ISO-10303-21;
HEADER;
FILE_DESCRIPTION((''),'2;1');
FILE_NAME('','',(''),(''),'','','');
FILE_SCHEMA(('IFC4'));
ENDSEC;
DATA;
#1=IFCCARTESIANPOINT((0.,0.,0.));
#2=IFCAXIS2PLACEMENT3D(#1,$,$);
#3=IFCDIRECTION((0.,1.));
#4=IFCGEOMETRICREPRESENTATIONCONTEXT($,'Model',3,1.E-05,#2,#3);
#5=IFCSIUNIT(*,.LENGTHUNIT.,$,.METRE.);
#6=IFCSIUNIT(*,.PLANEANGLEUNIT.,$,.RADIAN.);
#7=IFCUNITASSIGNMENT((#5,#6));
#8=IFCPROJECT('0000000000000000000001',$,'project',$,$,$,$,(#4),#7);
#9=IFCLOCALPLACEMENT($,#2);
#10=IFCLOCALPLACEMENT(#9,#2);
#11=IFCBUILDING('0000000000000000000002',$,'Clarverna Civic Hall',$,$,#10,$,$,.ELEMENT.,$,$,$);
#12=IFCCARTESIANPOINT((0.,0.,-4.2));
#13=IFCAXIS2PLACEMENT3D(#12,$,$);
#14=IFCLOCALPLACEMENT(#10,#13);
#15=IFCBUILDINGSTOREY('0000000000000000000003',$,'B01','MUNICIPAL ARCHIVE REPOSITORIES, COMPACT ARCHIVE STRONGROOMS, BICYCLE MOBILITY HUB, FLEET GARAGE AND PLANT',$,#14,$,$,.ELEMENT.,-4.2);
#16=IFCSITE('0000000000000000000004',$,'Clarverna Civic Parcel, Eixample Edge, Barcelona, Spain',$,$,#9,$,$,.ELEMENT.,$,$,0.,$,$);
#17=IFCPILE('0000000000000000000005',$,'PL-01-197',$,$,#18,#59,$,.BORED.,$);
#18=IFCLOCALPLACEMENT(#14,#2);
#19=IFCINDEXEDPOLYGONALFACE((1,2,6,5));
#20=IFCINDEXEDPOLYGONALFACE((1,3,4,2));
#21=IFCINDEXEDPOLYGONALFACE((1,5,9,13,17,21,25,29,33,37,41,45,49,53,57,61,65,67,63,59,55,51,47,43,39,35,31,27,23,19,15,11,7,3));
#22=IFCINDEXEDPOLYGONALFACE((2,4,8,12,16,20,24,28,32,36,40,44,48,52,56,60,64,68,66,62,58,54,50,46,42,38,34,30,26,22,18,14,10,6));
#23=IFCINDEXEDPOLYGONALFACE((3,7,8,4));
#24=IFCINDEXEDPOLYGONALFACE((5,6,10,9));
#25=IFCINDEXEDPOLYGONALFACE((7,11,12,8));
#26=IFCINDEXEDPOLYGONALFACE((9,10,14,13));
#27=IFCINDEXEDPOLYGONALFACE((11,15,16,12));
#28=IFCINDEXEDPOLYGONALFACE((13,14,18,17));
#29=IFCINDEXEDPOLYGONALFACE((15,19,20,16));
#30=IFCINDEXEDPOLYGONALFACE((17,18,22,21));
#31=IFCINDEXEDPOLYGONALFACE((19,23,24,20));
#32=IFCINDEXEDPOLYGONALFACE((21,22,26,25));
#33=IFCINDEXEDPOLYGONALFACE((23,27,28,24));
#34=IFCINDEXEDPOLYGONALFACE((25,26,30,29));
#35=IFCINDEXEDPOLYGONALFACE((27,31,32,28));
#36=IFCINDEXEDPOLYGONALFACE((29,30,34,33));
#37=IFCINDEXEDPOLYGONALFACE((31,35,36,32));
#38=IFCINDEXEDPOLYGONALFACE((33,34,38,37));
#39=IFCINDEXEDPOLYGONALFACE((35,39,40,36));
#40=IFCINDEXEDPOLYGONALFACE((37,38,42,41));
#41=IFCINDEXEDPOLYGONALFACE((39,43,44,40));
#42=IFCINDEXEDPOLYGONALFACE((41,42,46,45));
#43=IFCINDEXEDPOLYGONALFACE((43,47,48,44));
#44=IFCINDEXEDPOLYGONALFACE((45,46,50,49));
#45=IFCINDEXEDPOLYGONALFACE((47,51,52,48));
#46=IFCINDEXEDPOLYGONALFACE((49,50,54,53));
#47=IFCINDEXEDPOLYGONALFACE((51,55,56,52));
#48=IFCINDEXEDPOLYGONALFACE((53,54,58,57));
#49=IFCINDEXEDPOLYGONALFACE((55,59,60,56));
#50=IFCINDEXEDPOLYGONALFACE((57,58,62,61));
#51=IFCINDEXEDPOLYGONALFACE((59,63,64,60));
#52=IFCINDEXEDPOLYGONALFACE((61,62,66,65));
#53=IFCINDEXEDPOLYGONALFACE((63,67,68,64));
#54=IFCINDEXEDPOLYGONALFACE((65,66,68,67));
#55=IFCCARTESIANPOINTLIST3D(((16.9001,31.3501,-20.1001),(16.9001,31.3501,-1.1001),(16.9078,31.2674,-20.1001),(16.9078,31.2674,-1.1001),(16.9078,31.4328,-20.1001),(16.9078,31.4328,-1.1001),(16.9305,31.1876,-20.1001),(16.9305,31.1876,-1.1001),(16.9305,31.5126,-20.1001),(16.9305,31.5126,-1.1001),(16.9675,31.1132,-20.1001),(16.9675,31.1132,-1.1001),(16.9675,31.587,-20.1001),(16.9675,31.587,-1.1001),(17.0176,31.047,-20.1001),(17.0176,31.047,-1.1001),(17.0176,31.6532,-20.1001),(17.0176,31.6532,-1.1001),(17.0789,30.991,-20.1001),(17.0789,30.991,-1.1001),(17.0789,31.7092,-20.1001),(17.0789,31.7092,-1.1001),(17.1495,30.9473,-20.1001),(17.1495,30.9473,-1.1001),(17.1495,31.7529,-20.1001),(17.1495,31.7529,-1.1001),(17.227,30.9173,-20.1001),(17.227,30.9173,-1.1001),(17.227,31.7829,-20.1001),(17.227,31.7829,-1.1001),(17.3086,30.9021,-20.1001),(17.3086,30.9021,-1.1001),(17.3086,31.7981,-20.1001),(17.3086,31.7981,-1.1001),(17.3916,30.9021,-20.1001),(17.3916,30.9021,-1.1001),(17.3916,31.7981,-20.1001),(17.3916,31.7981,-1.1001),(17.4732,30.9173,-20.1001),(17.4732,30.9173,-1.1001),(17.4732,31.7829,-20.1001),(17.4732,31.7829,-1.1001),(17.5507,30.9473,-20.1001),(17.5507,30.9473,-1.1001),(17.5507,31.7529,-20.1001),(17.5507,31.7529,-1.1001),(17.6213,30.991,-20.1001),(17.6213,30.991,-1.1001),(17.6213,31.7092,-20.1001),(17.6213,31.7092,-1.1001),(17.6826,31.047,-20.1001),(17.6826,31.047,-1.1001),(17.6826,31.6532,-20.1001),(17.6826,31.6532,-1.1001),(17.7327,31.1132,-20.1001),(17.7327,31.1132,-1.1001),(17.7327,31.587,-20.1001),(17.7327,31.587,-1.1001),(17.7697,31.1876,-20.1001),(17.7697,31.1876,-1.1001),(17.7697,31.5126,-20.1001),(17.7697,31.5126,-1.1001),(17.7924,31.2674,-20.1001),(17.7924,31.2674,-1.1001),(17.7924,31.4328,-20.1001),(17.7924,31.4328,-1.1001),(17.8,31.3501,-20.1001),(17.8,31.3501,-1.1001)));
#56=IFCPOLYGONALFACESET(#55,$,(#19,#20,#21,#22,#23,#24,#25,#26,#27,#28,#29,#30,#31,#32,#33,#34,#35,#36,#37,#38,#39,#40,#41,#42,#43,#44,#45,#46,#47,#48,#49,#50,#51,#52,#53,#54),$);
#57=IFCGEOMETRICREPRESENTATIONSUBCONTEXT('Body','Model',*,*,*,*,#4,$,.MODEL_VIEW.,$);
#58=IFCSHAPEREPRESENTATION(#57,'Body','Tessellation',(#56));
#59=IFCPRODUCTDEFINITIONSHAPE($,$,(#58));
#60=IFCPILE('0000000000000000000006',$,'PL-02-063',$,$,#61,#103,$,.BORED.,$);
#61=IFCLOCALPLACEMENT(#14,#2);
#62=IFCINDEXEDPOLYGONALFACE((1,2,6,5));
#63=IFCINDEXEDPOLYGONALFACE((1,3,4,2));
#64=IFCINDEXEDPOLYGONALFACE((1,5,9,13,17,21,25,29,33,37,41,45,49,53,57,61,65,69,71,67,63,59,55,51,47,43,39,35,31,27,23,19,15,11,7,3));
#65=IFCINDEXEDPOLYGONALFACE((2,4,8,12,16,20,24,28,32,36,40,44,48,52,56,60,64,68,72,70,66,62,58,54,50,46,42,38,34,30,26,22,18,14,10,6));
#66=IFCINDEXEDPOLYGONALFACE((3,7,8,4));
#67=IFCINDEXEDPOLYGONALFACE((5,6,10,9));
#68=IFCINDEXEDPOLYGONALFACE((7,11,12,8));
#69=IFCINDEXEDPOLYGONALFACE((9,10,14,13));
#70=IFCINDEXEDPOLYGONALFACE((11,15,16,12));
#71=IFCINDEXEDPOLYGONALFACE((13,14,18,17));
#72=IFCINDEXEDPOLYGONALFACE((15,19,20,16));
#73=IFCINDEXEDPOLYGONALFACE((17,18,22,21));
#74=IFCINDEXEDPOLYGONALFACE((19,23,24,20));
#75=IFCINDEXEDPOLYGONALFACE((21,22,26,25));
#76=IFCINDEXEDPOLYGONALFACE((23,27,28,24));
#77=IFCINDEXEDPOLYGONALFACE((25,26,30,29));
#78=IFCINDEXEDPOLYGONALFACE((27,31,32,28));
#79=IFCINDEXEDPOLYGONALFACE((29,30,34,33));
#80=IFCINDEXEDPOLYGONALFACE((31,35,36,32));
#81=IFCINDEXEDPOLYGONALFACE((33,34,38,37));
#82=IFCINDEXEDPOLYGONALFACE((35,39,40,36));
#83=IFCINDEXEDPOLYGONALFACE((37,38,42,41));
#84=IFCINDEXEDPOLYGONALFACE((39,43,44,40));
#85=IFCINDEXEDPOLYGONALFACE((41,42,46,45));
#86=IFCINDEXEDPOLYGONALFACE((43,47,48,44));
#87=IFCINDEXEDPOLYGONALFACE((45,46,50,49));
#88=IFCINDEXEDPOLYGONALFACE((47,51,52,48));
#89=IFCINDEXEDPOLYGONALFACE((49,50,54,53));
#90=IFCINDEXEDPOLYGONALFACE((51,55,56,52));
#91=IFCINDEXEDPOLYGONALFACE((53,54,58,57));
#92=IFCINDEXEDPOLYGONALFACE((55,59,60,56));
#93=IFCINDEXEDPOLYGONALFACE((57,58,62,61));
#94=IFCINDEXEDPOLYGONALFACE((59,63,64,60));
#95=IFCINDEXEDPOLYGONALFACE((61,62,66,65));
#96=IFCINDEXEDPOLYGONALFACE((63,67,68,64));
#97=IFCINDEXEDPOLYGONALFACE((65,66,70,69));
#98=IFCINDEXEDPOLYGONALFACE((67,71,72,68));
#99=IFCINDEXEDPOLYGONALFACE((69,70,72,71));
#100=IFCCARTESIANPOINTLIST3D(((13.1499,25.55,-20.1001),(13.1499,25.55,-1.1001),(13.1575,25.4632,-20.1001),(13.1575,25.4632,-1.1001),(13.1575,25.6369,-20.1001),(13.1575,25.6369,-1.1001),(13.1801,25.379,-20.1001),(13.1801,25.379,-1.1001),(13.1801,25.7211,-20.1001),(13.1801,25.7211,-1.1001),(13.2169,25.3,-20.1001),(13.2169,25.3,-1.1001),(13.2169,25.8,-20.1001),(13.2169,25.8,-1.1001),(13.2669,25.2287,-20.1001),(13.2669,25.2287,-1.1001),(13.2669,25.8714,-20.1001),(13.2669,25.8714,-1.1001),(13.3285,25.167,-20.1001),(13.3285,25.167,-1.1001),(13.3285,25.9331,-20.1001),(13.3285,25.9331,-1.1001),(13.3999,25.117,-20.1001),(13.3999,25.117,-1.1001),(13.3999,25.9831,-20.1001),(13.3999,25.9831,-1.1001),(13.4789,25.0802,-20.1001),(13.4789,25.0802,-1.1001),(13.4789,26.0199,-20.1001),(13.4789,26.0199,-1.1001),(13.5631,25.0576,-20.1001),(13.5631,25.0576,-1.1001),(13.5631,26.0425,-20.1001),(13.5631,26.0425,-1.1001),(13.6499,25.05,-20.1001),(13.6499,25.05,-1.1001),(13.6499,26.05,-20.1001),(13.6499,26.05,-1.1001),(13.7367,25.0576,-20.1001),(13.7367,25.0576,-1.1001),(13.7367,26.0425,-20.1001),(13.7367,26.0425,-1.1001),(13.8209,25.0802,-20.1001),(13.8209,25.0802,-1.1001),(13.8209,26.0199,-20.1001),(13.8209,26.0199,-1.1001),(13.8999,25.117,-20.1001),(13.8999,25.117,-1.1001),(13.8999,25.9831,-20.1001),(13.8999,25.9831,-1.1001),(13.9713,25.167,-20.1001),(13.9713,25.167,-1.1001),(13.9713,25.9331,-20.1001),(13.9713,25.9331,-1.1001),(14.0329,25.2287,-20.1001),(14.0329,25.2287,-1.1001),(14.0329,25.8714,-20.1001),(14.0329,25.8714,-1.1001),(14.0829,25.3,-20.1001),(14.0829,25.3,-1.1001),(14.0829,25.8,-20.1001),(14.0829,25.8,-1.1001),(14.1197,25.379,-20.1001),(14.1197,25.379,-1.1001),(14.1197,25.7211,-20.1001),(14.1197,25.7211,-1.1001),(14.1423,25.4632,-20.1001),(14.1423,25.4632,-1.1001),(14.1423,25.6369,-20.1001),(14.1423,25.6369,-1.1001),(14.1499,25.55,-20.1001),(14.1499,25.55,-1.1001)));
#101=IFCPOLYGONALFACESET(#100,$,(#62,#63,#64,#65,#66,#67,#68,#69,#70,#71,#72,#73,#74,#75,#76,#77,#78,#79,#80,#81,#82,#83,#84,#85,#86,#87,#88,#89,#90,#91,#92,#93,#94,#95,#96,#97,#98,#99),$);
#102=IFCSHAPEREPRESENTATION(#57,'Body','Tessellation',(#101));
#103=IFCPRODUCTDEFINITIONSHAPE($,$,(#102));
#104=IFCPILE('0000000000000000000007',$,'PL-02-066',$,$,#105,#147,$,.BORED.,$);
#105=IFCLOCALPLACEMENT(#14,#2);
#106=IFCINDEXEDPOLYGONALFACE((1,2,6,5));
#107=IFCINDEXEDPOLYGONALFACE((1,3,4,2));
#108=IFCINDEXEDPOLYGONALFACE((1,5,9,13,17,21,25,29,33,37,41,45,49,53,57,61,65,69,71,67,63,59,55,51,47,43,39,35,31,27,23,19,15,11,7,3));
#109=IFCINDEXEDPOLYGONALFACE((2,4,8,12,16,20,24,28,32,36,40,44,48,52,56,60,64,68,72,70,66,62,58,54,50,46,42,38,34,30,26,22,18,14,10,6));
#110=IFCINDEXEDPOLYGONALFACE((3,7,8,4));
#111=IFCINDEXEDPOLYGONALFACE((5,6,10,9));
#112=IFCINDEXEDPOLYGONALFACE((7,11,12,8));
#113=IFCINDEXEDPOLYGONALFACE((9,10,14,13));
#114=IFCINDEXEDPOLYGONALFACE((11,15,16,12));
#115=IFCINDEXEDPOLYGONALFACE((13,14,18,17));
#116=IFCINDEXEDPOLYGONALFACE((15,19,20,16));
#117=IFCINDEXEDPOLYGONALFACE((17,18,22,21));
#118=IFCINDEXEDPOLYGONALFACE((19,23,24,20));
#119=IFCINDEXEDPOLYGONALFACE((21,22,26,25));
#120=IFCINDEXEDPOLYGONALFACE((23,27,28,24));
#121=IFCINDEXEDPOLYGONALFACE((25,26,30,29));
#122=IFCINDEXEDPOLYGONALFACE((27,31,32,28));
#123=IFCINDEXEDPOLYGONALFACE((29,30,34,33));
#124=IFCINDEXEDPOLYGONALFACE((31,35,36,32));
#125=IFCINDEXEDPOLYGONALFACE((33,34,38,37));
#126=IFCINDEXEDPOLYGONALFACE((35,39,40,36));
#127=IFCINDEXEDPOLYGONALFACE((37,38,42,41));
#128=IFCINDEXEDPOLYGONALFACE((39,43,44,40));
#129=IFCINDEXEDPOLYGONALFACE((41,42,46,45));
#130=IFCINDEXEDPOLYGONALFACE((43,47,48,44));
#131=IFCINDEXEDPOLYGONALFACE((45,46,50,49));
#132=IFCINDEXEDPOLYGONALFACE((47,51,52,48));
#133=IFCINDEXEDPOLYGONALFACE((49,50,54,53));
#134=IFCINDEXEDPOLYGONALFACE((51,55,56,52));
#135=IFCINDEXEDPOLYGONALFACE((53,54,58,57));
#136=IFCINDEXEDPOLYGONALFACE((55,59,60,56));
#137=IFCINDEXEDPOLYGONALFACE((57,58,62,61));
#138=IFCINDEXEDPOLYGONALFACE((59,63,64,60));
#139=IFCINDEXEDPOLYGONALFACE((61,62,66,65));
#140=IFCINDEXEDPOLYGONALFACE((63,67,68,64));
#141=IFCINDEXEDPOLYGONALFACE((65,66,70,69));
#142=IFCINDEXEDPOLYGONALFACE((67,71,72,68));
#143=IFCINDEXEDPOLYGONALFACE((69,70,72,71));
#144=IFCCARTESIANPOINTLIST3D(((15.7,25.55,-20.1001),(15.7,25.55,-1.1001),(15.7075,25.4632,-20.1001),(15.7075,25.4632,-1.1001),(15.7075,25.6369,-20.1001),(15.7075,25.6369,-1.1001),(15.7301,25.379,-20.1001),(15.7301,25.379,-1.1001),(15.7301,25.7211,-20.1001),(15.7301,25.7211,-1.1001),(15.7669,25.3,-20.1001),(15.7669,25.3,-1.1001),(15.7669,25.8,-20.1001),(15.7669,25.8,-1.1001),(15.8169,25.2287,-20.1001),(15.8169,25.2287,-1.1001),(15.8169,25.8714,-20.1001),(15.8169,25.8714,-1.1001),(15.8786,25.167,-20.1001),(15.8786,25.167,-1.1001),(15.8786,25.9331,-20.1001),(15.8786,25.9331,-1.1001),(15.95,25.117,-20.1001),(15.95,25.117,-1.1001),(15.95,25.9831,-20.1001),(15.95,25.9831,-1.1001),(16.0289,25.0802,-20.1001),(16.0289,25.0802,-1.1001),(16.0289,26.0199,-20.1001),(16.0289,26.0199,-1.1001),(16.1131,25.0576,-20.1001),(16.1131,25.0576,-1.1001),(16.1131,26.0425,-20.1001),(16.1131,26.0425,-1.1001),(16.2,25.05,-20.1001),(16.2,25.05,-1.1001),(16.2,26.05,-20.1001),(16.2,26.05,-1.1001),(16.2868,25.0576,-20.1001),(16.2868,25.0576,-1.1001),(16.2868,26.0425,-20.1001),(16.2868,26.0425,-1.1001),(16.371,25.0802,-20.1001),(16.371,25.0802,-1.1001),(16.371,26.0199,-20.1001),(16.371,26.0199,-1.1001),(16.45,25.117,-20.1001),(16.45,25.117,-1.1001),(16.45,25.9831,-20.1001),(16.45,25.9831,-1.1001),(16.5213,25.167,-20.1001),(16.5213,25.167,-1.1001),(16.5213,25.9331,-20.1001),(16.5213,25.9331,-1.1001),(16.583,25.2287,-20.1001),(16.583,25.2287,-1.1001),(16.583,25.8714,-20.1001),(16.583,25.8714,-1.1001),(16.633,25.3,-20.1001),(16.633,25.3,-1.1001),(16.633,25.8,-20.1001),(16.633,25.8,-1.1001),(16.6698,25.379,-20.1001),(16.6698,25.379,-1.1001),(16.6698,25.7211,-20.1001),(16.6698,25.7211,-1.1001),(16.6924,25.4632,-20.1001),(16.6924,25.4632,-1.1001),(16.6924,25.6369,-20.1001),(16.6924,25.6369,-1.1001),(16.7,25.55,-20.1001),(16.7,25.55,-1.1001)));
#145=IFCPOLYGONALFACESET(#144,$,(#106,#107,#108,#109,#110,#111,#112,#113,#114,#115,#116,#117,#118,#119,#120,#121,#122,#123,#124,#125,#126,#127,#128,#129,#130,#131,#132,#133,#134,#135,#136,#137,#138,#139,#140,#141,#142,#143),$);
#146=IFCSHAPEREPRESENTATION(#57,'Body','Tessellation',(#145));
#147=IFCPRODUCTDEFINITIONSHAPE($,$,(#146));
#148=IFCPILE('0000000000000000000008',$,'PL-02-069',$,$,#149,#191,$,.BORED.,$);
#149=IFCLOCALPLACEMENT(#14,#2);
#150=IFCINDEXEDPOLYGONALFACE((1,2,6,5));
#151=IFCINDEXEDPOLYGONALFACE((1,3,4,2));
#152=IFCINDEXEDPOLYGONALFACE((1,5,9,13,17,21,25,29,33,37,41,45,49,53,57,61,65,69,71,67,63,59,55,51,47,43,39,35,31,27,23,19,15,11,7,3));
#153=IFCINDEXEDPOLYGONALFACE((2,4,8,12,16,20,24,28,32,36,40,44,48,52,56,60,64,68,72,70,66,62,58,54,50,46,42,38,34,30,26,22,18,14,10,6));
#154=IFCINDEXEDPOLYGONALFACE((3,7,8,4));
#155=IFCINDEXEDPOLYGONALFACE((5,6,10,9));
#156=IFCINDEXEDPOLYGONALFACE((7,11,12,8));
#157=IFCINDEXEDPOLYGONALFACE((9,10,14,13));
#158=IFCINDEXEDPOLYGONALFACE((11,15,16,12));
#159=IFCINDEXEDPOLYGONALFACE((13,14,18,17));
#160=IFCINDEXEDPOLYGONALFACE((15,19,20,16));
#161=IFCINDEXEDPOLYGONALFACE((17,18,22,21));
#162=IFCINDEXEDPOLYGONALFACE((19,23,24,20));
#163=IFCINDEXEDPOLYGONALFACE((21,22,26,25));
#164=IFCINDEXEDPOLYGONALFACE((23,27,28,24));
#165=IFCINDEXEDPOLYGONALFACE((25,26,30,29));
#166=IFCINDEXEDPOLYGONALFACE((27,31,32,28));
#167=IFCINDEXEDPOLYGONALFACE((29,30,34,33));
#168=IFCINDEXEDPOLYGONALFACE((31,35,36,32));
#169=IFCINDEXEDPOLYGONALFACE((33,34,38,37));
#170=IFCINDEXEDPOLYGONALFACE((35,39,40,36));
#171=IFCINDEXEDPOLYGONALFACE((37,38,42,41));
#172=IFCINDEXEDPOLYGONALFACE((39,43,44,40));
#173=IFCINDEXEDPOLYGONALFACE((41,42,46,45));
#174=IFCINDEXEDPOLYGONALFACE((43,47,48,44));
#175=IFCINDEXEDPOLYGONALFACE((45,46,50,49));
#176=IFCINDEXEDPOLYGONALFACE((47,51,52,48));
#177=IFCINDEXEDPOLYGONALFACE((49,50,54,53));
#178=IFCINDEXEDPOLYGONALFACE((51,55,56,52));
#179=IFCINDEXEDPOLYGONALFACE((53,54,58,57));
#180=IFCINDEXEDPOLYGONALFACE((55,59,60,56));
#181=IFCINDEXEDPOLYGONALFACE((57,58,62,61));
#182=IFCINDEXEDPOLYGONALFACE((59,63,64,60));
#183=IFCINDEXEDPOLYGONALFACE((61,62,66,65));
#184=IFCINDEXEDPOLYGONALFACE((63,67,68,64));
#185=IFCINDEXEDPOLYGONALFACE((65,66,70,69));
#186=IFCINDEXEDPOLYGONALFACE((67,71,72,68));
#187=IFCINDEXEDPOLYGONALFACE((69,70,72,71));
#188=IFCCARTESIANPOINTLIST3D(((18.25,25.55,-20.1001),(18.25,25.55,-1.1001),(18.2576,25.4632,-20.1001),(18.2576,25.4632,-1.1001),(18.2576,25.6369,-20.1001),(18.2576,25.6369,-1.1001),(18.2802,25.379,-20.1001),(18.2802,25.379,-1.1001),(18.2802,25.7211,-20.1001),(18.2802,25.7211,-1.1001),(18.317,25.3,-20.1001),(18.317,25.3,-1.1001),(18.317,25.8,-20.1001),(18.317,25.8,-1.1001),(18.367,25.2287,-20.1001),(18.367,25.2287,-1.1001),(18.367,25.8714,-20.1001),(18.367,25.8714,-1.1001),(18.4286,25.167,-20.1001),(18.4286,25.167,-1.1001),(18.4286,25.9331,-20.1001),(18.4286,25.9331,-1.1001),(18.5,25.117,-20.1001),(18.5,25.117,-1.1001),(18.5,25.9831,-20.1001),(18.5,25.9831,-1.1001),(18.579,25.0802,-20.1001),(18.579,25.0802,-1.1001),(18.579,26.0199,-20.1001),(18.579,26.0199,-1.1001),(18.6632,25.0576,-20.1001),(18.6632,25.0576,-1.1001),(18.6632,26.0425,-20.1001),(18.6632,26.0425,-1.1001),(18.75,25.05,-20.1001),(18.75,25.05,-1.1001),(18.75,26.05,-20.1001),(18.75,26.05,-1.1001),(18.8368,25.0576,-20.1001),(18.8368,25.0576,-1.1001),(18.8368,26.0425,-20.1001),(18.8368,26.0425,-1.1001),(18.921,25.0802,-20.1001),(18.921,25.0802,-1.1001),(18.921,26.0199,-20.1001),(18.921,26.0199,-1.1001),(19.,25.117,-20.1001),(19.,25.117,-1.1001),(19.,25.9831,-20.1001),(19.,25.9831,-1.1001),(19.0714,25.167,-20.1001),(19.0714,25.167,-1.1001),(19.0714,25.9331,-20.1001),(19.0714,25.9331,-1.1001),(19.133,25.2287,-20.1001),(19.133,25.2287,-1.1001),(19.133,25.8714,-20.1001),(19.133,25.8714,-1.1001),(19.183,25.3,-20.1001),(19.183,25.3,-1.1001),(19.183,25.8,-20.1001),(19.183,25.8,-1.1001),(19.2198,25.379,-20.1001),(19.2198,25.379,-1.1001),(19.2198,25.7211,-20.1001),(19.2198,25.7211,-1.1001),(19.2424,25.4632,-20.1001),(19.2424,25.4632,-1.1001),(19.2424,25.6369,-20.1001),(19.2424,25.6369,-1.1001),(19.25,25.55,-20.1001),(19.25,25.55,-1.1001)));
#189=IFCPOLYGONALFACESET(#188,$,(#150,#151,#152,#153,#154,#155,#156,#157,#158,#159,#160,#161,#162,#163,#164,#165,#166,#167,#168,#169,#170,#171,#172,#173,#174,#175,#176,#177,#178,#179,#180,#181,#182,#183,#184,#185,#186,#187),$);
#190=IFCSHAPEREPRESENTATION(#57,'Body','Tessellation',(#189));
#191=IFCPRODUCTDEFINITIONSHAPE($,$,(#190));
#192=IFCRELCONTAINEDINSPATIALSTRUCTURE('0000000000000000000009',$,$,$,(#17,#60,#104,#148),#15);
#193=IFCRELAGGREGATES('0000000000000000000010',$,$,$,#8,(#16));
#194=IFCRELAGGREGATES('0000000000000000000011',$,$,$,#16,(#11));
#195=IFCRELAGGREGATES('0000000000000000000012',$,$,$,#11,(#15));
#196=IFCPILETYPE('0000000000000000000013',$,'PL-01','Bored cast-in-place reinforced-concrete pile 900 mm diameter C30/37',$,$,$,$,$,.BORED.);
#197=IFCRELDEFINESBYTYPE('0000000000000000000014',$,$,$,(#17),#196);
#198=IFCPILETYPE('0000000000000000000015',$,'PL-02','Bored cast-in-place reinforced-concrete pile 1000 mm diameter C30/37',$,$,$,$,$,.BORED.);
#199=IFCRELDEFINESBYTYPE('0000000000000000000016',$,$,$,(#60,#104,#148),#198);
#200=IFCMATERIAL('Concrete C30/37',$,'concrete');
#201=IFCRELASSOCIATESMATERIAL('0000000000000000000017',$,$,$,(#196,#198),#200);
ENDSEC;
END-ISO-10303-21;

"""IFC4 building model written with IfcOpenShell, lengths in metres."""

from ifc_helpers import new_model, si_unit, direction, frame, origin, origin_2d, place, context, subcontext, project, spatial, circle, extrude, material, material_profile, profile_set, type_object, element, save


model = new_model("IFC4")

# Units and contexts
model_context = context("Model", 3, precision=1e-05, world=origin(), true_north=direction((0.0, 1.0)))
body_context = subcontext(model_context, "Body", "Model", "MODEL_VIEW")
ifc_project = project(units=[si_unit("LENGTHUNIT", "METRE"), si_unit("PLANEANGLEUNIT", "RADIAN")], contexts=[model_context])

# Site, building, storey
site_placement = place(None, origin())
site = spatial("IfcSite", under=ifc_project, at=site_placement, Name="Clarverna Civic Parcel, Eixample Edge, Barcelona, Spain", CompositionType="ELEMENT", RefElevation=0.0)
building_placement = place(site_placement, origin())
building = spatial("IfcBuilding", under=site, at=building_placement, Name="Clarverna Civic Hall", CompositionType="ELEMENT")
storey_placement = place(building_placement, frame((0.0, 0.0, -4.2)))
storey = spatial("IfcBuildingStorey", under=building, at=storey_placement, Name="B01", Description="MUNICIPAL ARCHIVE REPOSITORIES, COMPACT ARCHIVE STRONGROOMS, BICYCLE MOBILITY HUB, FLEET GARAGE AND PLANT", CompositionType="ELEMENT", Elevation=-4.2)

# Shared definitions
ifc_material_1 = material(Name="Concrete C30/37", Category="concrete")

# Piles
ifc_material_profile_1 = material_profile(ifc_material_1, circle(Radius=0.45, at=origin_2d()), Name="BORED PILE D900")
ifc_profile_set_1 = profile_set([ifc_material_profile_1], Name="Concrete C30/37")
pile_type_1 = type_object("IfcPileType", Name="PL-01", Description="Bored cast-in-place reinforced-concrete pile 900 mm diameter C30/37", PredefinedType="BORED", material=ifc_profile_set_1)
for number, where, z_axis, x_axis, name in (
    (1, (17.3501, 31.3501, -1.1001), (0.0, 0.0, -1.0), (1.0, 0.0, 0.0), "PL-01-197"),
):
    element("IfcPile", number, at=place(storey_placement, frame(where, z_axis=z_axis, x_axis=x_axis)), inside=storey, type_object=pile_type_1, Name=name, PredefinedType="BORED", context=body_context, shape_type="SweptSolid", body=[
        extrude(circle(Radius=0.45, at=origin_2d()), origin(), (0.0, 0.0, 1.0), 19.0),
    ])
ifc_material_profile_2 = material_profile(ifc_material_1, circle(Radius=0.5, at=origin_2d()), Name="BORED PILE D1000")
ifc_profile_set_2 = profile_set([ifc_material_profile_2], Name="Concrete C30/37")
pile_type_2 = type_object("IfcPileType", Name="PL-02", Description="Bored cast-in-place reinforced-concrete pile 1000 mm diameter C30/37", PredefinedType="BORED", material=ifc_profile_set_2)
for number, where, z_axis, x_axis, name in (
    (2, (13.6499, 25.55, -1.1001), (0.0, 0.0, -1.0), (1.0, 0.0, 0.0), "PL-02-063"),
    (3, (16.2, 25.55, -1.1001), (0.0, 0.0, -1.0), (1.0, 0.0, 0.0), "PL-02-066"),
    (4, (18.75, 25.55, -1.1001), (0.0, 0.0, -1.0), (1.0, 0.0, 0.0), "PL-02-069"),
):
    element("IfcPile", number, at=place(storey_placement, frame(where, z_axis=z_axis, x_axis=x_axis)), inside=storey, type_object=pile_type_2, Name=name, PredefinedType="BORED", context=body_context, shape_type="SweptSolid", body=[
        extrude(circle(Radius=0.5, at=origin_2d()), origin(), (0.0, 0.0, 1.0), 19.0),
    ])

save(model, "model.ifc")
